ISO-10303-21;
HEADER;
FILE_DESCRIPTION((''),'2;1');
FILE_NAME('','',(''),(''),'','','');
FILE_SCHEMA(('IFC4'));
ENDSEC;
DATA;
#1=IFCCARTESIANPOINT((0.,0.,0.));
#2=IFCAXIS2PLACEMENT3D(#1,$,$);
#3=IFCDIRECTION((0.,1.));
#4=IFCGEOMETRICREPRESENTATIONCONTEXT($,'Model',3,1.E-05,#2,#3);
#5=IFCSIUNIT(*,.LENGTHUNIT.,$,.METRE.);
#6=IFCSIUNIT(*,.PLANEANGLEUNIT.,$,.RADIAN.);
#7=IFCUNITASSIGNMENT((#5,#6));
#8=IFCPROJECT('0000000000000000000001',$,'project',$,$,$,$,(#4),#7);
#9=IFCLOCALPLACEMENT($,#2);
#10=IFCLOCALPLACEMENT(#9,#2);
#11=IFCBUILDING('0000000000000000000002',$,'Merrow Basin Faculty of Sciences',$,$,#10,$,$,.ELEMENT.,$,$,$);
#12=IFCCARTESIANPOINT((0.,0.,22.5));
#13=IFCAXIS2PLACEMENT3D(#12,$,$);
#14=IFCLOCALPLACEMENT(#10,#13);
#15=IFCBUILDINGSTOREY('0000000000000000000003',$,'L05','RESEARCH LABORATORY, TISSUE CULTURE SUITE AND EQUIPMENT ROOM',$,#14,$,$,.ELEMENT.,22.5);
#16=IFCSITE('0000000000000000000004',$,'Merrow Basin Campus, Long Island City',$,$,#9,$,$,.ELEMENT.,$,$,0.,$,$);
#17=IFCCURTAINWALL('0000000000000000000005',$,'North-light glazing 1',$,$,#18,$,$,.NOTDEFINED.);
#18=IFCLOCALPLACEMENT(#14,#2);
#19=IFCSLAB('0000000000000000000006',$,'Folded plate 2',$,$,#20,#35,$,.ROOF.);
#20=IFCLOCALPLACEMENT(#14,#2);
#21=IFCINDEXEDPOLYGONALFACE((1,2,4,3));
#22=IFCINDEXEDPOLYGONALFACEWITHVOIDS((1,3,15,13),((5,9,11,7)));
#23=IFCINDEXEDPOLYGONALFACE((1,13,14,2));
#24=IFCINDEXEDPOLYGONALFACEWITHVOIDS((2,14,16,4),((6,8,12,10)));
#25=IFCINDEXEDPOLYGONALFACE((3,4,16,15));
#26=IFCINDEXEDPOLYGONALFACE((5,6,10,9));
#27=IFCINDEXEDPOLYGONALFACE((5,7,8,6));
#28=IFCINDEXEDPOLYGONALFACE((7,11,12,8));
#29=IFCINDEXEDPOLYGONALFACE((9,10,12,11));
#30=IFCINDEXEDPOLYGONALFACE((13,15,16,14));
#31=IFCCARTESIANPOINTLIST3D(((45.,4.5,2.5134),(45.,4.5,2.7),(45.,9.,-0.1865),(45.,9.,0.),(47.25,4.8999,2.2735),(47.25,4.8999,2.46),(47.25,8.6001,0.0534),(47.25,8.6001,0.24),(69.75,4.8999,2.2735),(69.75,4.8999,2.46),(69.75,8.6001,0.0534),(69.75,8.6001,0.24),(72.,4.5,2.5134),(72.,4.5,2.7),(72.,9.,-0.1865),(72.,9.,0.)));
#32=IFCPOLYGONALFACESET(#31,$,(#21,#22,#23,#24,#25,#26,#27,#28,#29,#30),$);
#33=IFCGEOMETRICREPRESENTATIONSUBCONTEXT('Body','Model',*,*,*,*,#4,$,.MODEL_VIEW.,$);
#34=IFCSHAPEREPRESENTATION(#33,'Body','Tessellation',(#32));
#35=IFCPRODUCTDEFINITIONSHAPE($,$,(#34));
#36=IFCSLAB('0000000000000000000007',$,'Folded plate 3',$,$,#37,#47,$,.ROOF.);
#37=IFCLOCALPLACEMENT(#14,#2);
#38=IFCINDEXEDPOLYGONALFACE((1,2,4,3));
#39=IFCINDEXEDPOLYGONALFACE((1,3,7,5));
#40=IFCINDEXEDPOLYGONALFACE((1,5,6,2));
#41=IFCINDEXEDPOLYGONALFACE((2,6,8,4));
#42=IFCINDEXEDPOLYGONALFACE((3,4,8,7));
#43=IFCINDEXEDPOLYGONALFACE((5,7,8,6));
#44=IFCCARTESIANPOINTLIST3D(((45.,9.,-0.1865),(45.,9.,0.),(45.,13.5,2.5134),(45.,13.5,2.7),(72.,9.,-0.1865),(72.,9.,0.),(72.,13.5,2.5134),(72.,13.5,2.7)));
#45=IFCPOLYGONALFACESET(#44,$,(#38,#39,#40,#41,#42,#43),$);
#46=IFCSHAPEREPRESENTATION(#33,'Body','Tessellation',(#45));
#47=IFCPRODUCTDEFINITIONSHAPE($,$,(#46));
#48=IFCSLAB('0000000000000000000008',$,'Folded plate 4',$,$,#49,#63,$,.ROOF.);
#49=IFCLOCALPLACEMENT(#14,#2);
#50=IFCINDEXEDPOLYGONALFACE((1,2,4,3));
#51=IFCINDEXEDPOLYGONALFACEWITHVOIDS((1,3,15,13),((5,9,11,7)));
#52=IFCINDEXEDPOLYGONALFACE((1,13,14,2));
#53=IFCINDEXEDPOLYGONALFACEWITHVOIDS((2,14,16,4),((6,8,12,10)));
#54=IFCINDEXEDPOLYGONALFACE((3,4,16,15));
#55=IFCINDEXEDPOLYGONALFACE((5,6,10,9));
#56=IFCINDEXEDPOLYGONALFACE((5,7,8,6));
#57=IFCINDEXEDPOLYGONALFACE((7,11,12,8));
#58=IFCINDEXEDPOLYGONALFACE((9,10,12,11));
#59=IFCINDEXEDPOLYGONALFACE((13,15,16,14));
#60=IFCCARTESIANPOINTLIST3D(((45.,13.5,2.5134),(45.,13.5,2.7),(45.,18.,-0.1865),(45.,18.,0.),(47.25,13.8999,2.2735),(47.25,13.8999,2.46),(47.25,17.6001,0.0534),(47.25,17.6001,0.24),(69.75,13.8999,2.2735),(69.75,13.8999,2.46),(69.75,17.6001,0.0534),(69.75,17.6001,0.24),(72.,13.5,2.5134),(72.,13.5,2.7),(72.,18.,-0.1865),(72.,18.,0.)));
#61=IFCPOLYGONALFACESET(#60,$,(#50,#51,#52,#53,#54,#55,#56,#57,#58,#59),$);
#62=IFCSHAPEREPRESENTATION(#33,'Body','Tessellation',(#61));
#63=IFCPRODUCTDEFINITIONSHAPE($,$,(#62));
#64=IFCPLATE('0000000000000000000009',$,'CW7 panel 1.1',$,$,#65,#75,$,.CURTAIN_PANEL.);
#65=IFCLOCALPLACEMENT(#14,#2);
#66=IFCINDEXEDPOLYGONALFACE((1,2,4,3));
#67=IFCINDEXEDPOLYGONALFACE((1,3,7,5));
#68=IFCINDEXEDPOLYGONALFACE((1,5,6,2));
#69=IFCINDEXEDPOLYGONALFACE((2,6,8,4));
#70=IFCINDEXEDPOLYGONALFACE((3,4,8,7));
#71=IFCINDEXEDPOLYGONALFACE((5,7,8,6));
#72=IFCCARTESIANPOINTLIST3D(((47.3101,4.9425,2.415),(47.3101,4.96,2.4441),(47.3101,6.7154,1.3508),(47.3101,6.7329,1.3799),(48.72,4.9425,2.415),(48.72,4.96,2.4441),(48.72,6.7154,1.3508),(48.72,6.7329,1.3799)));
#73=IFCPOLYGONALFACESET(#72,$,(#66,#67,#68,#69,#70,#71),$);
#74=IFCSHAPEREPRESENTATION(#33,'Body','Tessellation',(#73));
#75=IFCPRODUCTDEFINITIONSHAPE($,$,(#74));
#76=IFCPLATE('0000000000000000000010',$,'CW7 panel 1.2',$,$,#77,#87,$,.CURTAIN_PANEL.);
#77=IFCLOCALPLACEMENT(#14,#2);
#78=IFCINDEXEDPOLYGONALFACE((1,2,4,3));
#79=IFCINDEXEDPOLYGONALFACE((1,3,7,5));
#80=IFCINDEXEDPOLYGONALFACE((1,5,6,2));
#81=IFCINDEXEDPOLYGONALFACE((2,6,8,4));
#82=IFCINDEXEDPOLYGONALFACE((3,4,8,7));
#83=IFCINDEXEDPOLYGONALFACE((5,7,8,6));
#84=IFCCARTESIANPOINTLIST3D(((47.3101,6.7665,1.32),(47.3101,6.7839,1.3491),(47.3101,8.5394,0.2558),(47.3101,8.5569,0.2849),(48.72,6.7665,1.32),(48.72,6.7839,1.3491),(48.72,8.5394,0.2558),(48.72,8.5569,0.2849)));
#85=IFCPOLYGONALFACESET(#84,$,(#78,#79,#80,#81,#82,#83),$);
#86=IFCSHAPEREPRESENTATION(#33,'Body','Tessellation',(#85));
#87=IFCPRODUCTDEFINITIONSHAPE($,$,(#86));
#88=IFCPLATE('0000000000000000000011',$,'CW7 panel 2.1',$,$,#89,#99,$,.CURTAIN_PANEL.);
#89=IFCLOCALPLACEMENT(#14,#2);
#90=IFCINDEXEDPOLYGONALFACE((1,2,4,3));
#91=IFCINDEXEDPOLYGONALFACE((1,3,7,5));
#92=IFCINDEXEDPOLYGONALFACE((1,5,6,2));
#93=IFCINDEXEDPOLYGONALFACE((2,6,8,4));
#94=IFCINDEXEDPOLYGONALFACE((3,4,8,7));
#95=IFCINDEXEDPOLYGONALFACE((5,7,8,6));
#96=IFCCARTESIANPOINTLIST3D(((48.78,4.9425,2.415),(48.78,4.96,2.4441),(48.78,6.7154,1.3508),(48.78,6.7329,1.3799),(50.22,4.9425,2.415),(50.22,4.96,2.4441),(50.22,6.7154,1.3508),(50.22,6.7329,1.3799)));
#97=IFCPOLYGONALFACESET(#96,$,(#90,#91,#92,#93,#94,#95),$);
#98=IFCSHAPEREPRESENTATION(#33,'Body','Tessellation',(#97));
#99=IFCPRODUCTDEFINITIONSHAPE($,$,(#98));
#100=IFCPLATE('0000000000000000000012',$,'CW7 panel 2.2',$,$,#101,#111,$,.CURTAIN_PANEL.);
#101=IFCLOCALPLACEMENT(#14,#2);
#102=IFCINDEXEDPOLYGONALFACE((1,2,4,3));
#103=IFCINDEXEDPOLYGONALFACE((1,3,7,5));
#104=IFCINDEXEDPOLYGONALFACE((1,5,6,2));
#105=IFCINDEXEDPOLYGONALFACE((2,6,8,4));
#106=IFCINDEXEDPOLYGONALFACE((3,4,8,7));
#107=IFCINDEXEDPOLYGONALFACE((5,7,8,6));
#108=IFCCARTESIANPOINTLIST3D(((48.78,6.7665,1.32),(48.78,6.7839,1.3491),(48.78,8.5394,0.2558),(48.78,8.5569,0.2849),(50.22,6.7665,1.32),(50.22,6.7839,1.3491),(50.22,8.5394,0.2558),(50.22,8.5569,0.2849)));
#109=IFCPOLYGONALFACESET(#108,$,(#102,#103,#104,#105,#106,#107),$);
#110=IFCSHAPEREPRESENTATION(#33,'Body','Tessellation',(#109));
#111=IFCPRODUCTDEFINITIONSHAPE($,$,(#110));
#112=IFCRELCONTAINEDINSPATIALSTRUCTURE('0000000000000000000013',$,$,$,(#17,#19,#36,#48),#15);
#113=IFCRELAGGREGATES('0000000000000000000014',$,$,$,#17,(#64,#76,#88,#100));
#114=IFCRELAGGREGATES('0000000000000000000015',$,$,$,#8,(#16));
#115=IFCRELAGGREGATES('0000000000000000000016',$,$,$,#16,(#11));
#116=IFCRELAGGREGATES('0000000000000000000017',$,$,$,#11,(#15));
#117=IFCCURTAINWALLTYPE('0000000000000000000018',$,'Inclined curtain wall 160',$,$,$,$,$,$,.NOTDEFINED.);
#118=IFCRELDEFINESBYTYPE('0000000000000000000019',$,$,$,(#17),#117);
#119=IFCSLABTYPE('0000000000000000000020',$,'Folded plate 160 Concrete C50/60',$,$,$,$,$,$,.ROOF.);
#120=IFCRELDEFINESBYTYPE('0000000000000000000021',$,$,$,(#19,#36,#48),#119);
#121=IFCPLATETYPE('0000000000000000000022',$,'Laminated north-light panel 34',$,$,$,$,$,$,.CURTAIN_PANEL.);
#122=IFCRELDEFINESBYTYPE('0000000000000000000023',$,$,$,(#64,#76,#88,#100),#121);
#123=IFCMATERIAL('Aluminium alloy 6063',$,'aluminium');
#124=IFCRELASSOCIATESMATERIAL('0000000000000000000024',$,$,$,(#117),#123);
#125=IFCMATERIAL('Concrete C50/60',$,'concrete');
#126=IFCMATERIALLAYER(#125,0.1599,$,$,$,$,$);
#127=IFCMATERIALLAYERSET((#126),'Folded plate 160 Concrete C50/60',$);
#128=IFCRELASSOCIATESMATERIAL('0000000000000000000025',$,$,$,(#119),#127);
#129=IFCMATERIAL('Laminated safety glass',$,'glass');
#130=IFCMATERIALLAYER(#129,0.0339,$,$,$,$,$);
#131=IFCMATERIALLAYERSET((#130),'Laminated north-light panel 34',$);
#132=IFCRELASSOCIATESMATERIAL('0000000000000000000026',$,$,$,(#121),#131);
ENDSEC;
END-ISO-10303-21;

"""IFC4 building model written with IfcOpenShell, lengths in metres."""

from ifc_helpers import new_model, si_unit, direction, frame, origin, place, context, subcontext, project, spatial, polyline, outline, extrude, material, layer, layer_set, type_object, element, aggregate, save


model = new_model("IFC4")

# Units and contexts
model_context = context("Model", 3, precision=1e-05, world=origin(), true_north=direction((0.0, 1.0)))
body_context = subcontext(model_context, "Body", "Model", "MODEL_VIEW")
ifc_project = project(units=[si_unit("LENGTHUNIT", "METRE"), si_unit("PLANEANGLEUNIT", "RADIAN")], contexts=[model_context])

# Site, building, storey
site_placement = place(None, origin())
site = spatial("IfcSite", under=ifc_project, at=site_placement, Name="Merrow Basin Campus, Long Island City", CompositionType="ELEMENT", RefElevation=0.0)
building_placement = place(site_placement, origin())
building = spatial("IfcBuilding", under=site, at=building_placement, Name="Merrow Basin Faculty of Sciences", CompositionType="ELEMENT")
storey_placement = place(building_placement, frame((0.0, 0.0, 22.5)))
storey = spatial("IfcBuildingStorey", under=building, at=storey_placement, Name="L05", Description="RESEARCH LABORATORY, TISSUE CULTURE SUITE AND EQUIPMENT ROOM", CompositionType="ELEMENT", Elevation=22.5)

# Curtain wall
ifc_material_1 = material(Name="Aluminium alloy 6063", Category="aluminium")
curtain_wall_type = type_object("IfcCurtainWallType", Name="Inclined curtain wall 160", PredefinedType="NOTDEFINED", material=ifc_material_1)
curtain_wall_1_placement = place(storey_placement, origin())
curtain_wall_1 = element("IfcCurtainWall", 1, at=curtain_wall_1_placement, inside=storey, type_object=curtain_wall_type, Name="North-light glazing 1", PredefinedType="NOTDEFINED")

# Slabs
ifc_material_2 = material(Name="Concrete C50/60", Category="concrete")
ifc_layer_1 = layer(ifc_material_2, 0.1599)
ifc_layer_set_1 = layer_set([ifc_layer_1], Name="Folded plate 160 Concrete C50/60")
slab_type = type_object("IfcSlabType", Name="Folded plate 160 Concrete C50/60", PredefinedType="ROOF", material=ifc_layer_set_1)
slab_1_placement = place(storey_placement, frame((45.0, 4.5, 2.7), z_axis=(0.0, 0.514489, 0.857497), x_axis=(1.0, 0.0, 0.0)))
element("IfcSlab", 2, at=slab_1_placement, inside=storey, type_object=slab_type, Name="Folded plate 2", PredefinedType="ROOF", context=body_context, shape_type="SweptSolid", body=[
    extrude(outline(polyline([(0.0, 0.0), (27.0, 0.0), (27.0, 5.2478), (0.0, 5.2478), (0.0, 0.0)]), holes=[polyline([(2.25, 0.4664), (24.75, 0.4664), (24.75, 4.7814), (2.25, 4.7814), (2.25, 0.4664)])]), origin(), (0.0, 0.514489, -0.857497), 0.1865),
])
slab_2_placement = place(storey_placement, frame((45.0, 9.0, 0.0), z_axis=(0.0, -0.514489, 0.857497), x_axis=(1.0, 0.0, 0.0)))
element("IfcSlab", 3, at=slab_2_placement, inside=storey, type_object=slab_type, Name="Folded plate 3", PredefinedType="ROOF", context=body_context, shape_type="SweptSolid", body=[
    extrude(outline(polyline([(0.0, 0.0), (27.0, 0.0), (27.0, 5.2478), (0.0, 5.2478), (0.0, 0.0)])), origin(), (0.0, -0.514489, -0.857497), 0.1865),
])
slab_3_placement = place(storey_placement, frame((45.0, 13.5, 2.7), z_axis=(0.0, 0.514489, 0.857497), x_axis=(1.0, 0.0, 0.0)))
element("IfcSlab", 4, at=slab_3_placement, inside=storey, type_object=slab_type, Name="Folded plate 4", PredefinedType="ROOF", context=body_context, shape_type="SweptSolid", body=[
    extrude(outline(polyline([(0.0, 0.0), (27.0, 0.0), (27.0, 5.2478), (0.0, 5.2478), (0.0, 0.0)]), holes=[polyline([(2.25, 0.4664), (24.75, 0.4664), (24.75, 4.7814), (2.25, 4.7814), (2.25, 0.4664)])]), origin(), (0.0, 0.514489, -0.857497), 0.1865),
])

# Plates
ifc_material_3 = material(Name="Laminated safety glass", Category="glass")
ifc_layer_2 = layer(ifc_material_3, 0.0339)
ifc_layer_set_2 = layer_set([ifc_layer_2], Name="Laminated north-light panel 34")
plate_type = type_object("IfcPlateType", Name="Laminated north-light panel 34", PredefinedType="CURTAIN_PANEL", material=ifc_layer_set_2)
plate_1_placement = place(storey_placement, frame((47.3101, 4.96, 2.4441), z_axis=(0.0, 0.514652, 0.857399), x_axis=(1.0, 0.0, 0.0)))
plate_1 = element("IfcPlate", 5, at=plate_1_placement, type_object=plate_type, Name="CW7 panel 1.1", PredefinedType="CURTAIN_PANEL", context=body_context, shape_type="SweptSolid", body=[
    extrude(outline(polyline([(0.0, 0.0), (1.4099, 0.0), (1.4099, 2.0678), (0.0, 2.0678), (0.0, 0.0)])), origin(), (0.0, 0.0, -1.0), 0.0339),
])
plate_2_placement = place(storey_placement, frame((47.3101, 6.7839, 1.3491), z_axis=(0.0, 0.514652, 0.857399), x_axis=(1.0, 0.0, 0.0)))
plate_2 = element("IfcPlate", 6, at=plate_2_placement, type_object=plate_type, Name="CW7 panel 1.2", PredefinedType="CURTAIN_PANEL", context=body_context, shape_type="SweptSolid", body=[
    extrude(outline(polyline([(0.0, 0.0), (1.4099, 0.0), (1.4099, 2.0678), (0.0, 2.0678), (0.0, 0.0)])), origin(), (0.0, 0.0, -1.0), 0.0339),
])
plate_3_placement = place(storey_placement, frame((48.78, 4.96, 2.4441), z_axis=(0.0, 0.514652, 0.857399), x_axis=(1.0, 0.0, 0.0)))
plate_3 = element("IfcPlate", 7, at=plate_3_placement, type_object=plate_type, Name="CW7 panel 2.1", PredefinedType="CURTAIN_PANEL", context=body_context, shape_type="SweptSolid", body=[
    extrude(outline(polyline([(0.0, 0.0), (1.4399, 0.0), (1.4399, 2.0678), (0.0, 2.0678), (0.0, 0.0)])), origin(), (0.0, 0.0, -1.0), 0.0339),
])
plate_4_placement = place(storey_placement, frame((48.78, 6.7839, 1.3491), z_axis=(0.0, 0.514652, 0.857399), x_axis=(1.0, 0.0, 0.0)))
plate_4 = element("IfcPlate", 8, at=plate_4_placement, type_object=plate_type, Name="CW7 panel 2.2", PredefinedType="CURTAIN_PANEL", context=body_context, shape_type="SweptSolid", body=[
    extrude(outline(polyline([(0.0, 0.0), (1.4399, 0.0), (1.4399, 2.0678), (0.0, 2.0678), (0.0, 0.0)])), origin(), (0.0, 0.0, -1.0), 0.0339),
])
aggregate(curtain_wall_1, [plate_1, plate_2, plate_3, plate_4])

save(model, "model.ifc")
